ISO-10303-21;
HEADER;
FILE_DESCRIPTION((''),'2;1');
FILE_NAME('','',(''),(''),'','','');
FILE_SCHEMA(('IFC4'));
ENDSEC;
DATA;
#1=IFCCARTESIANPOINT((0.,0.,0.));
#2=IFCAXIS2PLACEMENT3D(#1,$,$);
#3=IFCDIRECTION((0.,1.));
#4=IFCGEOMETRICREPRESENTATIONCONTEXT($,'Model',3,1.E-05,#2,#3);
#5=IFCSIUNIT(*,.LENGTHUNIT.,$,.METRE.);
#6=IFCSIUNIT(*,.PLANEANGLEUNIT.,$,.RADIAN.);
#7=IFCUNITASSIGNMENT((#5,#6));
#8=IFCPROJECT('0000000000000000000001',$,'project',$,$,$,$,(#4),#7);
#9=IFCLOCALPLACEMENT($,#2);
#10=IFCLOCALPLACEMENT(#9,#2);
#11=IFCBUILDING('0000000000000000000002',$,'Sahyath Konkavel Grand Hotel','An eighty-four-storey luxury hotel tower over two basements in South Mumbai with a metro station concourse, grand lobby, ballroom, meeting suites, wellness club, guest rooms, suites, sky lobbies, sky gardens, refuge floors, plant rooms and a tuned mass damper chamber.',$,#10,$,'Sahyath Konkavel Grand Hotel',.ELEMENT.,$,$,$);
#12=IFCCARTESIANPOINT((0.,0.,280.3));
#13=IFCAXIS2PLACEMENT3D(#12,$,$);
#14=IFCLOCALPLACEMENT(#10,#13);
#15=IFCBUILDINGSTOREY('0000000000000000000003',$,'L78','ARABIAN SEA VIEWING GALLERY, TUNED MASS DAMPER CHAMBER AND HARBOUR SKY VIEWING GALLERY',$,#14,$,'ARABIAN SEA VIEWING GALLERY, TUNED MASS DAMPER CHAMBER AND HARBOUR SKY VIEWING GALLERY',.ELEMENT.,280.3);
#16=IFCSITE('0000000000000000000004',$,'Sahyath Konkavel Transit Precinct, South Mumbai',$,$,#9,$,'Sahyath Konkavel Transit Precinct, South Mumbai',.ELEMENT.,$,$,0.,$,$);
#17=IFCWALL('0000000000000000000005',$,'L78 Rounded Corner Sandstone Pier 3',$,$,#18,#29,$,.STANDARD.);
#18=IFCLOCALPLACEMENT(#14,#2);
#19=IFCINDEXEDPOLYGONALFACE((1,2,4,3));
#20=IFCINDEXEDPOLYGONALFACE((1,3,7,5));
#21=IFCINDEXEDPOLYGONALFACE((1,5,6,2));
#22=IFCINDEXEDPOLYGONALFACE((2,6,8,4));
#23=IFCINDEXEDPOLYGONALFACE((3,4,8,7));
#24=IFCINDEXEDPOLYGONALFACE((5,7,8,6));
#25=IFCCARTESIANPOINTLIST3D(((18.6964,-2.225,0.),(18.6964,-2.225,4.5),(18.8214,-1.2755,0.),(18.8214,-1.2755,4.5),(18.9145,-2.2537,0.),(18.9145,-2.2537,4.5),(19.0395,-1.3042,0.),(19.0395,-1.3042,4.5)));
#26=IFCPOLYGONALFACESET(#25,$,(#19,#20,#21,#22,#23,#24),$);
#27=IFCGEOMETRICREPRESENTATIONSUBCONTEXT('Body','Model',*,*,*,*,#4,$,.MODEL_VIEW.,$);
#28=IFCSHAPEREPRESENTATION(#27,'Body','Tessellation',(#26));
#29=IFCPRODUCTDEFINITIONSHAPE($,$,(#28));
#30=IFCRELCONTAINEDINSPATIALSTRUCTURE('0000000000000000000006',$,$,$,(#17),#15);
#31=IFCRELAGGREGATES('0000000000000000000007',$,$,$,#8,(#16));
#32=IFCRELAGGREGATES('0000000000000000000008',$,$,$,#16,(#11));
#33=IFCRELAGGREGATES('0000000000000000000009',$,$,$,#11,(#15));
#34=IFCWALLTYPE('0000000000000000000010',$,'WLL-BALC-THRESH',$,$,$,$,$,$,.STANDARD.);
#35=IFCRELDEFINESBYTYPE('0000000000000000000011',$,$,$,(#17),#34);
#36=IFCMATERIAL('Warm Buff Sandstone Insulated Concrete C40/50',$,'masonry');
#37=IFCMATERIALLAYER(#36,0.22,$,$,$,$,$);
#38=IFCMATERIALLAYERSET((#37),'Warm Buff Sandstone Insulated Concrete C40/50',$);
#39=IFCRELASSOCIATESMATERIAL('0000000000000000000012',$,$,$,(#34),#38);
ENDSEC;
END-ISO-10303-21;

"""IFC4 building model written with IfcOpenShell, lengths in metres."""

from ifc_helpers import new_model, si_unit, direction, frame, frame_2d, origin, place, context, subcontext, project, spatial, rectangle, extrude, material, layer, layer_set, type_object, element, save


model = new_model("IFC4")

# Units and contexts
model_context = context("Model", 3, precision=1e-05, world=origin(), true_north=direction((0.0, 1.0)))
body_context = subcontext(model_context, "Body", "Model", "MODEL_VIEW")
ifc_project = project(units=[si_unit("LENGTHUNIT", "METRE"), si_unit("PLANEANGLEUNIT", "RADIAN")], contexts=[model_context])

# Site, building, storey
site_placement = place(None, origin())
site = spatial("IfcSite", under=ifc_project, at=site_placement, Name="Sahyath Konkavel Transit Precinct, South Mumbai", LongName="Sahyath Konkavel Transit Precinct, South Mumbai", CompositionType="ELEMENT", RefElevation=0.0)
building_placement = place(site_placement, origin())
building = spatial("IfcBuilding", under=site, at=building_placement, Name="Sahyath Konkavel Grand Hotel", Description="An eighty-four-storey luxury hotel tower over two basements in South Mumbai with a metro station concourse, grand lobby, ballroom, meeting suites, wellness club, guest rooms, suites, sky lobbies, sky gardens, refuge floors, plant rooms and a tuned mass damper chamber.", LongName="Sahyath Konkavel Grand Hotel", CompositionType="ELEMENT")
storey_placement = place(building_placement, frame((0.0, 0.0, 280.3)))
storey = spatial("IfcBuildingStorey", under=building, at=storey_placement, Name="L78", Description="ARABIAN SEA VIEWING GALLERY, TUNED MASS DAMPER CHAMBER AND HARBOUR SKY VIEWING GALLERY", LongName="ARABIAN SEA VIEWING GALLERY, TUNED MASS DAMPER CHAMBER AND HARBOUR SKY VIEWING GALLERY", CompositionType="ELEMENT", Elevation=280.3)

# Wall
ifc_material_1 = material(Name="Warm Buff Sandstone Insulated Concrete C40/50", Category="masonry")
ifc_layer_1 = layer(ifc_material_1, 0.22)
ifc_layer_set_1 = layer_set([ifc_layer_1], Name="Warm Buff Sandstone Insulated Concrete C40/50")
wall_type = type_object("IfcWallType", Name="WLL-BALC-THRESH", PredefinedType="STANDARD", material=ifc_layer_set_1)
for number, where, z_axis, x_axis, name in (
    (1, (18.8054, -2.2395, 0.0), (0.0, 0.0, 1.0), (0.130527, 0.991445, 0.0), "L78 Rounded Corner Sandstone Pier 3"),
):
    element("IfcWall", number, at=place(storey_placement, frame(where, z_axis=z_axis, x_axis=x_axis)), inside=storey, type_object=wall_type, Name=name, PredefinedType="STANDARD", context=body_context, shape_type="SweptSolid", body=[
        extrude(rectangle(XDim=0.9578, YDim=0.22, at=frame_2d((0.479, 0.0))), origin(), (0.0, 0.0, 1.0), 4.5),
    ])

save(model, "model.ifc")
